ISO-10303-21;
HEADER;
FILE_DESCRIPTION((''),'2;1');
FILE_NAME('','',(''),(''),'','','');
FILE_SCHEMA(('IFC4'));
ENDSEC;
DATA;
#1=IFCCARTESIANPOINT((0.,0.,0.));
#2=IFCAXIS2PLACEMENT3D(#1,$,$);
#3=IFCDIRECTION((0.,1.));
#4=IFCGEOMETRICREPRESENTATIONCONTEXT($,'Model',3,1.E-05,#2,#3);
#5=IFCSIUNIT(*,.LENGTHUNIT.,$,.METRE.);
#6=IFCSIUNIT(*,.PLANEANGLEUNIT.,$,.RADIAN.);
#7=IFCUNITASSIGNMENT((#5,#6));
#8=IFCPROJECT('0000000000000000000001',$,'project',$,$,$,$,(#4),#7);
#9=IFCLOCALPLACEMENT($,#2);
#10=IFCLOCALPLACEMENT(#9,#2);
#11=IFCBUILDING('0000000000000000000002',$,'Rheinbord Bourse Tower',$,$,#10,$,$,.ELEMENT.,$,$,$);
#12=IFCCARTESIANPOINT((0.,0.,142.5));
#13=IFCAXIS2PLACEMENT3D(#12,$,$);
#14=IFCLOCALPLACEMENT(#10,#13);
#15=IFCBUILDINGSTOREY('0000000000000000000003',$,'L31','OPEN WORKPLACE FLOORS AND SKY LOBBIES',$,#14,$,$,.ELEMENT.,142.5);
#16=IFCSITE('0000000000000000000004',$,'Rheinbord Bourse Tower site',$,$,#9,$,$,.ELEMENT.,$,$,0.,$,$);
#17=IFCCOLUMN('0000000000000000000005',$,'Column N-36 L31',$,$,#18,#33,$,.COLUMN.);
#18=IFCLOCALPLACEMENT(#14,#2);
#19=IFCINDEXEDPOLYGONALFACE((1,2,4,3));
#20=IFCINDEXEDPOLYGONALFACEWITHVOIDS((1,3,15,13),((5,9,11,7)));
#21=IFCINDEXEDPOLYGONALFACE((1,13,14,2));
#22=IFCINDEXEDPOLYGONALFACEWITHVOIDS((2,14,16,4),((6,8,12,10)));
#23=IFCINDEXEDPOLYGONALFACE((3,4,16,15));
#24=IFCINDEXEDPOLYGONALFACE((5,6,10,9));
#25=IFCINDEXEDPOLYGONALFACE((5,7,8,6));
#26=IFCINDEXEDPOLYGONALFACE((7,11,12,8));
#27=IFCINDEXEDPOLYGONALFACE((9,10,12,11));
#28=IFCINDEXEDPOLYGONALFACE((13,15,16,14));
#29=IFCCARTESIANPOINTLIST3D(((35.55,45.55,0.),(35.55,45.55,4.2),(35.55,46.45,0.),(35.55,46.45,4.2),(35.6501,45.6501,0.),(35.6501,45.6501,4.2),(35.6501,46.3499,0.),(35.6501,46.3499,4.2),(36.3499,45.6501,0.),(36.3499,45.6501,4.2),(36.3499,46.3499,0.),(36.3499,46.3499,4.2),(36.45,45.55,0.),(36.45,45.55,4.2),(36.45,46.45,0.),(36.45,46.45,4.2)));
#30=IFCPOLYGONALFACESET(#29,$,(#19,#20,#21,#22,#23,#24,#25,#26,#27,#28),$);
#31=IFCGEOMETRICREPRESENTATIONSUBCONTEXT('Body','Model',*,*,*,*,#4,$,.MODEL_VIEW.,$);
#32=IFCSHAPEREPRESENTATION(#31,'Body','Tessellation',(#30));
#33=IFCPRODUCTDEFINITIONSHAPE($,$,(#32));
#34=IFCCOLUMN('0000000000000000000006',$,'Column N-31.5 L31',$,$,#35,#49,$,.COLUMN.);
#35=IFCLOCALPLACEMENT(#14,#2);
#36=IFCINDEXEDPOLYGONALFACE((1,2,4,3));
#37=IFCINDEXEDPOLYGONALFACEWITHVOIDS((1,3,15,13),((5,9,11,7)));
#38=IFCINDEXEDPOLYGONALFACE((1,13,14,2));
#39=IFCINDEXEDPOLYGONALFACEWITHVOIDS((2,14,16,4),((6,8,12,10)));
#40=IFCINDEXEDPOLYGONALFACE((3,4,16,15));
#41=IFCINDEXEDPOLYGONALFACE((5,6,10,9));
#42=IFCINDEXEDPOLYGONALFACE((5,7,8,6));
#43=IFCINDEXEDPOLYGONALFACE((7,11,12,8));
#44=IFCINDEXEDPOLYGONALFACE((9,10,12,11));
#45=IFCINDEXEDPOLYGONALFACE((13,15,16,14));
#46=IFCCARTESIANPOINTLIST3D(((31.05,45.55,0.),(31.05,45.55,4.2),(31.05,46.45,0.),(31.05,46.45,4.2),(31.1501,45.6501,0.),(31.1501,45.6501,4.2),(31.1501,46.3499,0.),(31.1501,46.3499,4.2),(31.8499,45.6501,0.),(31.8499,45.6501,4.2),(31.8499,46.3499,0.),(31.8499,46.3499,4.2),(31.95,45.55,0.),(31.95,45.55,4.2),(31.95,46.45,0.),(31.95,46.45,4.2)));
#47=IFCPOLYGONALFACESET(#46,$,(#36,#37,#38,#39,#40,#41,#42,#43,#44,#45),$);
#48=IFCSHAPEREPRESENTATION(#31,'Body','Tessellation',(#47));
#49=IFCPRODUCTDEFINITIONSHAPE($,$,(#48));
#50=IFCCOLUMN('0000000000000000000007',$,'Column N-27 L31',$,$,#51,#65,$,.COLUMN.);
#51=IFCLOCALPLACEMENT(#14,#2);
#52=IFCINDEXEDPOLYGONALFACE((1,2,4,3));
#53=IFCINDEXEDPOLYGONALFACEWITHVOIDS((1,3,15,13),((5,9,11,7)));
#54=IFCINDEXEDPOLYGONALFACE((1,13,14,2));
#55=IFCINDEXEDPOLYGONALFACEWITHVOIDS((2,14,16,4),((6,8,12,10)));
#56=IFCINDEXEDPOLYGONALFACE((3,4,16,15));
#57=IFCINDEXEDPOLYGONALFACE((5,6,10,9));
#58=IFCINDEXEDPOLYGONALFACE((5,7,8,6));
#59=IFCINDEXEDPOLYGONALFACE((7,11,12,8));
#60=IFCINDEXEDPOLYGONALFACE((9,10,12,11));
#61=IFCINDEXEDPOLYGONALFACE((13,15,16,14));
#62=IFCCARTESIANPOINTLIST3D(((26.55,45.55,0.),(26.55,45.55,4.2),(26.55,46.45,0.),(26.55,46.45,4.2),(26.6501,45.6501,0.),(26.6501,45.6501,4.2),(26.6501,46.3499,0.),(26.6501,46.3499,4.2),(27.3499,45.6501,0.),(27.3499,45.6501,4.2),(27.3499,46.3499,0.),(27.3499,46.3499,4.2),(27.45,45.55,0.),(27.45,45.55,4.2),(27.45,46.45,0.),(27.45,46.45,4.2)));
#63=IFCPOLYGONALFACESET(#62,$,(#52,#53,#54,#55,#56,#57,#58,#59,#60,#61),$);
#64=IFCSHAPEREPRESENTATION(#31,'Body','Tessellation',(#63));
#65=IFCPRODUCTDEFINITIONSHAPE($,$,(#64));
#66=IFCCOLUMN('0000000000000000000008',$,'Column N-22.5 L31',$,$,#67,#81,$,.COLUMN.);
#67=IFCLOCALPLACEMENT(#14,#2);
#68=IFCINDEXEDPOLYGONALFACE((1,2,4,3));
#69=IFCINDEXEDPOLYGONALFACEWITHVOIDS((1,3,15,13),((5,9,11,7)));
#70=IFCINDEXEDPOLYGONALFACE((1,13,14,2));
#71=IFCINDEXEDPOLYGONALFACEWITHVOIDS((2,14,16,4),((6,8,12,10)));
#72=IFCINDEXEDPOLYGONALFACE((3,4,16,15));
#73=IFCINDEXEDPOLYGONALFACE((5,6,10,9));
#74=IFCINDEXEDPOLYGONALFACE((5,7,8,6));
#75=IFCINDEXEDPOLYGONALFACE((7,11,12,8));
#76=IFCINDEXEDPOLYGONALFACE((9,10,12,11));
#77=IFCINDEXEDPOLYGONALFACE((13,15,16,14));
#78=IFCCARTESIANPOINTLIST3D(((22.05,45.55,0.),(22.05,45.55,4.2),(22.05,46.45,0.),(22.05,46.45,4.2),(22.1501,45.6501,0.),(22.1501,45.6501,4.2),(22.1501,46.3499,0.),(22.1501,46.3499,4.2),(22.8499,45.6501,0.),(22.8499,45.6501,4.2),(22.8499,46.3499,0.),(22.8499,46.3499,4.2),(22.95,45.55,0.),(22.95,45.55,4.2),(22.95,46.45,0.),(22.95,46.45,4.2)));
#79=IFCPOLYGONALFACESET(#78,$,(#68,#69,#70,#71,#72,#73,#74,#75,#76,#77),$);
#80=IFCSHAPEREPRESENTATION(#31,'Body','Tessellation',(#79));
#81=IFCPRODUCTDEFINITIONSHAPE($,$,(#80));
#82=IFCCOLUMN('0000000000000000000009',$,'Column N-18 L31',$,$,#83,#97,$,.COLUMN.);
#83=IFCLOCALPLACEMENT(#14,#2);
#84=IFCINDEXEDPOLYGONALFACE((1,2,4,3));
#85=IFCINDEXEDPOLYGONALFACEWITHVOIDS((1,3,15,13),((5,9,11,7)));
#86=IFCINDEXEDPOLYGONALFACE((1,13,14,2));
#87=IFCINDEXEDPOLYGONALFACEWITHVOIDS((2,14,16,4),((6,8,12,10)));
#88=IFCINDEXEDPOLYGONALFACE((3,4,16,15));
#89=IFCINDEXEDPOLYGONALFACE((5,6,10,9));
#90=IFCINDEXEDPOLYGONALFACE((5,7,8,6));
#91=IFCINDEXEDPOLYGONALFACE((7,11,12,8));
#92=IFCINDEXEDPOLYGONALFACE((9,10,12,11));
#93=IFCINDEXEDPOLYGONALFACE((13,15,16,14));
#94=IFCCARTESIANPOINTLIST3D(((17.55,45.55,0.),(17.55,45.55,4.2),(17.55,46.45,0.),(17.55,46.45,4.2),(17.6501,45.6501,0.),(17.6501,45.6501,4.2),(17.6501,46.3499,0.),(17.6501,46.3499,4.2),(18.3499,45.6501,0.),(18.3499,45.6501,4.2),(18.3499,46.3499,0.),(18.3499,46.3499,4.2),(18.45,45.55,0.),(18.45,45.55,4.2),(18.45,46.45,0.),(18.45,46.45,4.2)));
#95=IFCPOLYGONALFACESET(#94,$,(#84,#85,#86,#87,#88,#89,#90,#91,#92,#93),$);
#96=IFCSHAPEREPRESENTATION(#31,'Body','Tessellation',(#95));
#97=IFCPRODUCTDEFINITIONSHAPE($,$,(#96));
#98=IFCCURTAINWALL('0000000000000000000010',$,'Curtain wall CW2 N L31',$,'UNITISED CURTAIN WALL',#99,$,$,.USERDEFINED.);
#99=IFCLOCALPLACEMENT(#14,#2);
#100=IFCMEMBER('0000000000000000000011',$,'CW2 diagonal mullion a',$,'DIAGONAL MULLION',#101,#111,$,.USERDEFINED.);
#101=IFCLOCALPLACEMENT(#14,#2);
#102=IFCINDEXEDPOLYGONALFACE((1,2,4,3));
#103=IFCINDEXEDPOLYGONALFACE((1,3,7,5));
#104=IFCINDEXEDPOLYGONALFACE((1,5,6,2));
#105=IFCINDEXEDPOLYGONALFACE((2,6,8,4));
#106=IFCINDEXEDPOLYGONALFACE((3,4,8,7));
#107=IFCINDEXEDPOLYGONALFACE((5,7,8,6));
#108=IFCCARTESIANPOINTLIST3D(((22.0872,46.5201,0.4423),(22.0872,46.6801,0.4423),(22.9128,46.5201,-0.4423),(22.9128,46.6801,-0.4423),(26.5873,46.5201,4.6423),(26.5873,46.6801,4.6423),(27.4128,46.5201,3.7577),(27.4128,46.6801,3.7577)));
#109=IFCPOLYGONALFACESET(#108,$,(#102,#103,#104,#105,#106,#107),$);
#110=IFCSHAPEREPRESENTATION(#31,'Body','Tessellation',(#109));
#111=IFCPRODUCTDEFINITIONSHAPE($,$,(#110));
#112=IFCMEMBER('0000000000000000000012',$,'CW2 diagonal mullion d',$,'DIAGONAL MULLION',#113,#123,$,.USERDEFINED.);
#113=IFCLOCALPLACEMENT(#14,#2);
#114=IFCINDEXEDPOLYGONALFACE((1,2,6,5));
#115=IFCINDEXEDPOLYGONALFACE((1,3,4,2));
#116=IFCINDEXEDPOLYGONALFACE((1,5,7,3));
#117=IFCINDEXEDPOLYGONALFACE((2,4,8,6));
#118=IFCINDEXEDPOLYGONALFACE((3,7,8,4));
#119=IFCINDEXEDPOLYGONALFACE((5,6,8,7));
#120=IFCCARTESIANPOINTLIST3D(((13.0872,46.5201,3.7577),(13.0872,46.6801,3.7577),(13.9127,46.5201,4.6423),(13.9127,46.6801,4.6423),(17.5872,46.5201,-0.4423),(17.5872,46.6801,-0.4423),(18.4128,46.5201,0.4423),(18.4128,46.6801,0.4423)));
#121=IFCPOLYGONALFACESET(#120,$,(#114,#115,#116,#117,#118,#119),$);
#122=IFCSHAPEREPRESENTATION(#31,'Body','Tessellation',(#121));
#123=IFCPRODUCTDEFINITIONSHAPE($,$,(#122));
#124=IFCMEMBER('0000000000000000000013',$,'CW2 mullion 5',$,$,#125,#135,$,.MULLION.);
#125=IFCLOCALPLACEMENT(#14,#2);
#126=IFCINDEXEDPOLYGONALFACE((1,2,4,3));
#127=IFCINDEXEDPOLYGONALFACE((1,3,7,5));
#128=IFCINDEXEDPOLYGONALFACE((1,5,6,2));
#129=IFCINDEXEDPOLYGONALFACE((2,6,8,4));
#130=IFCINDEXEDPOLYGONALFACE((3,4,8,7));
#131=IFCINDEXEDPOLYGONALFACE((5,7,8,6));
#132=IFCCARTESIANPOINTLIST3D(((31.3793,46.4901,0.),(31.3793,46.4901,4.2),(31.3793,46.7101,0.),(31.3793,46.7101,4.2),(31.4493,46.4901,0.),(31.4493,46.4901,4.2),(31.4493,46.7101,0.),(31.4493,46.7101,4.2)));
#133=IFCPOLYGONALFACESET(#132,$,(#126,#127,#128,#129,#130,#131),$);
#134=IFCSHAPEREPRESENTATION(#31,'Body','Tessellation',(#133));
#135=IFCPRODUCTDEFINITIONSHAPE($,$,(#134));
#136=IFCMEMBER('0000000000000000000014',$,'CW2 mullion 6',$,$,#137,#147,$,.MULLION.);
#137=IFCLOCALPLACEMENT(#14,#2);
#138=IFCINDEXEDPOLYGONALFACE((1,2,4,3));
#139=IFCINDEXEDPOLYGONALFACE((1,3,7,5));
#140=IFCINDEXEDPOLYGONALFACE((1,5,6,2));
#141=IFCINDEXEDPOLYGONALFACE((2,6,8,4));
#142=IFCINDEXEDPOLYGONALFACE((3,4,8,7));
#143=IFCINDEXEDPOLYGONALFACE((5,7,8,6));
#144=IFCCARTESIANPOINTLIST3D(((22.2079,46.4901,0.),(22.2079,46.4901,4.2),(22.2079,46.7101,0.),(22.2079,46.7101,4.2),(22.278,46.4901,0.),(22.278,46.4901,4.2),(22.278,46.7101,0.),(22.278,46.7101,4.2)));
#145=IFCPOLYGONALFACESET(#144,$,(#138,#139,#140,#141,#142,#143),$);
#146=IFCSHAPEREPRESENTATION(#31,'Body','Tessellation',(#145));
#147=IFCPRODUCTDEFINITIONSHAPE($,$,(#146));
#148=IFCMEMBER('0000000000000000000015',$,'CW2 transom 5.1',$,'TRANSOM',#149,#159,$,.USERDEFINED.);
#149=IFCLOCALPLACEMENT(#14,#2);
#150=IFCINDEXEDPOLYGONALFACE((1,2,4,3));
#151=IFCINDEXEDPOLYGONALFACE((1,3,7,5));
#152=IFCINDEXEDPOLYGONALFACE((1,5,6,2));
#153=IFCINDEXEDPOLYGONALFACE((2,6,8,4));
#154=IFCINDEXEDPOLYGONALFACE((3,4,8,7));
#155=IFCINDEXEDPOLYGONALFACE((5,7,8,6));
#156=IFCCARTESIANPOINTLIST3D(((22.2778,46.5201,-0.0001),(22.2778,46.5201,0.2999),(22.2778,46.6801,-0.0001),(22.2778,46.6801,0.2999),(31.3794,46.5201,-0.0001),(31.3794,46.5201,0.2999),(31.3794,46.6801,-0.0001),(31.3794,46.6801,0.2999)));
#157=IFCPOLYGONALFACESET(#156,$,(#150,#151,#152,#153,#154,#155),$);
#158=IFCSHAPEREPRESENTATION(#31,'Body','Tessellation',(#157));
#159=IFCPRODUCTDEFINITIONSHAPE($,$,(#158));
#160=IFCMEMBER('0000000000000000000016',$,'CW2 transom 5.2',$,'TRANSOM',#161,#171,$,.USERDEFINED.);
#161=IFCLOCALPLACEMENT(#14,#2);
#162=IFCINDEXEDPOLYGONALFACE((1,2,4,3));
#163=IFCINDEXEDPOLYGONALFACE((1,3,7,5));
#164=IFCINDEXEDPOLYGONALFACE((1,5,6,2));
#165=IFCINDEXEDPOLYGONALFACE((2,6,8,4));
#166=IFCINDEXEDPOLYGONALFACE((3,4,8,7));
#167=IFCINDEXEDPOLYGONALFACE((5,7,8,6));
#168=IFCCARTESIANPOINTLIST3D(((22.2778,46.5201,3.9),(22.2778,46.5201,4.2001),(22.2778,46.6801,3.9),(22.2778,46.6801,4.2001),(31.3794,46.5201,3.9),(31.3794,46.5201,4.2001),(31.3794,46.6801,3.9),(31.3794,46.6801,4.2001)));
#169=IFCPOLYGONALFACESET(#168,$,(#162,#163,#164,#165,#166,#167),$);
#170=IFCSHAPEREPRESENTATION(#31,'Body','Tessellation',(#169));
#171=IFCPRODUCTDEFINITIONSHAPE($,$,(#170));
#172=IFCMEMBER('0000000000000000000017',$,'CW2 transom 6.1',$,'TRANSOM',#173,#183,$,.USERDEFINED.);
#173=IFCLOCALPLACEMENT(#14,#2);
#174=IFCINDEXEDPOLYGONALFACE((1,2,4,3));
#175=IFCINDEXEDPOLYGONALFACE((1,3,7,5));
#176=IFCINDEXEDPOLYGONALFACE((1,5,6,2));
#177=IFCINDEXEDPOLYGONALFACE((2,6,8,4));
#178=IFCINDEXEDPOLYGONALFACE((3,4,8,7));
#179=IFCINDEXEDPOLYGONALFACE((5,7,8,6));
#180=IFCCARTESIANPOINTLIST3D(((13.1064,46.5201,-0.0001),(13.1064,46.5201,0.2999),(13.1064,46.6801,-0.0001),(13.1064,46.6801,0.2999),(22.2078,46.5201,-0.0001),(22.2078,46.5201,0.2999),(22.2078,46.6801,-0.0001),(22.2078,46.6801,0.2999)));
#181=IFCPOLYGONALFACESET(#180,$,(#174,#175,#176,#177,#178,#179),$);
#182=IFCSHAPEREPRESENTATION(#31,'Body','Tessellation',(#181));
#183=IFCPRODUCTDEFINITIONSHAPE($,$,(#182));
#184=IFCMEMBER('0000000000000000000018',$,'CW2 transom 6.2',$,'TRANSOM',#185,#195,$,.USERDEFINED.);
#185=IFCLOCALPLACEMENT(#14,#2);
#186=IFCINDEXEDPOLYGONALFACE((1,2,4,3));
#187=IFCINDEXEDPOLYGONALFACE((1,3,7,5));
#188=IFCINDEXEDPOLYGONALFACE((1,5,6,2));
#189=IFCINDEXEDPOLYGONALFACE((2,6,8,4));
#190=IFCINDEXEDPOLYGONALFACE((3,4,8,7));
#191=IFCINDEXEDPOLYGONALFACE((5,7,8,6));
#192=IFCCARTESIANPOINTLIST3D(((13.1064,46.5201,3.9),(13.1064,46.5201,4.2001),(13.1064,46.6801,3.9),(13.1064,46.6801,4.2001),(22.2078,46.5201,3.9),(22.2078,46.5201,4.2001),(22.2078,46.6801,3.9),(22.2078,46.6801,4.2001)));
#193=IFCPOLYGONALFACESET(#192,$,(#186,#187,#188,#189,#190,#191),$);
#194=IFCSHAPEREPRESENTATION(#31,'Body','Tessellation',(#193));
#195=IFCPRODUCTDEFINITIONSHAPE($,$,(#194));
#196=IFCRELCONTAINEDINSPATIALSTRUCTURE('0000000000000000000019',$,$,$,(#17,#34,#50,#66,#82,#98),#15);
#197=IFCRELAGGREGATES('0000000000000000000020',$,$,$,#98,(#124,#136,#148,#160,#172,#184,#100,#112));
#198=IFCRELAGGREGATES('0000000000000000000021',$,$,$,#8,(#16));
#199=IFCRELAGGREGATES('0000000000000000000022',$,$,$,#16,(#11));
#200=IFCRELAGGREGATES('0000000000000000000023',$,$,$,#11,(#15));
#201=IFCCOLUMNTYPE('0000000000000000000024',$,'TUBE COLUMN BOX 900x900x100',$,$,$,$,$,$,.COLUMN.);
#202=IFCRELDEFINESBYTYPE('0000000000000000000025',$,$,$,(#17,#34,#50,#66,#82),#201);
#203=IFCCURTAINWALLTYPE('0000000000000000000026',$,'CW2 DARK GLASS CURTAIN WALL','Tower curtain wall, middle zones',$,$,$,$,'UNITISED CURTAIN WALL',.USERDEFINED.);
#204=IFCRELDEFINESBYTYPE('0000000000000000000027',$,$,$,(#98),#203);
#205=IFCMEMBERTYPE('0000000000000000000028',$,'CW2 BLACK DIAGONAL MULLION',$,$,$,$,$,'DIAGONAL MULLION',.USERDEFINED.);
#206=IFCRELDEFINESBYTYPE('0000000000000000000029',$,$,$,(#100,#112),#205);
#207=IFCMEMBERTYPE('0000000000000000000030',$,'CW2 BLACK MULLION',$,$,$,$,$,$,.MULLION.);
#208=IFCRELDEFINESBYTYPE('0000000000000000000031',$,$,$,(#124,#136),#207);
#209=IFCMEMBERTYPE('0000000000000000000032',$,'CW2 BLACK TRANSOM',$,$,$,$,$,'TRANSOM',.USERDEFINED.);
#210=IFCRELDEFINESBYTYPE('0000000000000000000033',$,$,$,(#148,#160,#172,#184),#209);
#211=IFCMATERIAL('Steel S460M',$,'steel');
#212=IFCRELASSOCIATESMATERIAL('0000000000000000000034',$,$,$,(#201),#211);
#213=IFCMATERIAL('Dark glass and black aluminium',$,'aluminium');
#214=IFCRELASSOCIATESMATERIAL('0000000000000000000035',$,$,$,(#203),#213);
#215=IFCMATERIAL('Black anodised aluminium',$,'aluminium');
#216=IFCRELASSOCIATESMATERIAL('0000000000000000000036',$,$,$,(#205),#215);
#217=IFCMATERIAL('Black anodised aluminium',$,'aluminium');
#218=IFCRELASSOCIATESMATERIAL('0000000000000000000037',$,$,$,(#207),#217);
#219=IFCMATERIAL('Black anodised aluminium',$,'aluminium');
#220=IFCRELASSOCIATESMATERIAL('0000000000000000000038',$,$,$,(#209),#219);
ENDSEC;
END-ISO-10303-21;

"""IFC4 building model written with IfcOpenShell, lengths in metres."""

from ifc_helpers import new_model, si_unit, direction, frame, origin, origin_2d, place, context, subcontext, project, spatial, rectangle, hollow_rectangle, extrude, material, material_profile, profile_set, type_object, element, aggregate, save


model = new_model("IFC4")

# Units and contexts
model_context = context("Model", 3, precision=1e-05, world=origin(), true_north=direction((0.0, 1.0)))
body_context = subcontext(model_context, "Body", "Model", "MODEL_VIEW")
ifc_project = project(units=[si_unit("LENGTHUNIT", "METRE"), si_unit("PLANEANGLEUNIT", "RADIAN")], contexts=[model_context])

# Site, building, storey
site_placement = place(None, origin())
site = spatial("IfcSite", under=ifc_project, at=site_placement, Name="Rheinbord Bourse Tower site", CompositionType="ELEMENT", RefElevation=0.0)
building_placement = place(site_placement, origin())
building = spatial("IfcBuilding", under=site, at=building_placement, Name="Rheinbord Bourse Tower", CompositionType="ELEMENT")
storey_placement = place(building_placement, frame((0.0, 0.0, 142.5)))
storey = spatial("IfcBuildingStorey", under=building, at=storey_placement, Name="L31", Description="OPEN WORKPLACE FLOORS AND SKY LOBBIES", CompositionType="ELEMENT", Elevation=142.5)

# Columns
ifc_material_1 = material(Name="Steel S460M", Category="steel")
ifc_material_profile_1 = material_profile(ifc_material_1, hollow_rectangle(XDim=0.8999, YDim=0.8999, WallThickness=0.1001, at=origin_2d()), Name="BOX 900x900x100")
ifc_profile_set_1 = profile_set([ifc_material_profile_1], Name="Steel S460M")
column_type = type_object("IfcColumnType", Name="TUBE COLUMN BOX 900x900x100", PredefinedType="COLUMN", material=ifc_profile_set_1)
for number, where, z_axis, x_axis, name in (
    (1, (36.0, 46.0, 0.0), (0.0, 0.0, 1.0), (0.0, 1.0, 0.0), "Column N-36 L31"),
    (2, (31.5, 46.0, 0.0), (0.0, 0.0, 1.0), (0.0, 1.0, 0.0), "Column N-31.5 L31"),
    (3, (27.0, 46.0, 0.0), (0.0, 0.0, 1.0), (0.0, 1.0, 0.0), "Column N-27 L31"),
    (4, (22.5, 46.0, 0.0), (0.0, 0.0, 1.0), (0.0, 1.0, 0.0), "Column N-22.5 L31"),
    (5, (18.0, 46.0, 0.0), (0.0, 0.0, 1.0), (0.0, 1.0, 0.0), "Column N-18 L31"),
):
    element("IfcColumn", number, at=place(storey_placement, frame(where, z_axis=z_axis, x_axis=x_axis)), inside=storey, type_object=column_type, Name=name, PredefinedType="COLUMN", context=body_context, shape_type="SweptSolid", body=[
        extrude(hollow_rectangle(XDim=0.8999, YDim=0.8999, WallThickness=0.1001, at=origin_2d()), origin(), (0.0, 0.0, 1.0), 4.2),
    ])

# Curtain wall, members
ifc_material_2 = material(Name="Dark glass and black aluminium", Category="aluminium")
curtain_wall_type = type_object("IfcCurtainWallType", Name="CW2 DARK GLASS CURTAIN WALL", Description="Tower curtain wall, middle zones", ElementType="UNITISED CURTAIN WALL", PredefinedType="USERDEFINED", material=ifc_material_2)
curtain_wall_placement = place(storey_placement, origin())
curtain_wall = element("IfcCurtainWall", 6, at=curtain_wall_placement, inside=storey, type_object=curtain_wall_type, Name="Curtain wall CW2 N L31", ObjectType="UNITISED CURTAIN WALL", PredefinedType="USERDEFINED")
ifc_material_3 = material(Name="Black anodised aluminium", Category="aluminium")
ifc_material_profile_2 = material_profile(ifc_material_3, rectangle(XDim=0.1599, YDim=1.21, at=origin_2d()), Name="CW2 DIAGONAL MULLION 1210x160")
ifc_profile_set_2 = profile_set([ifc_material_profile_2], Name="Black anodised aluminium")
member_type_1 = type_object("IfcMemberType", Name="CW2 BLACK DIAGONAL MULLION", ElementType="DIAGONAL MULLION", PredefinedType="USERDEFINED", material=ifc_profile_set_2)
member_1_placement = place(storey_placement, frame((22.5, 46.6001, 0.0), z_axis=(0.731059, 0.0, 0.682314), x_axis=(0.0, 1.0, 0.0)))
member_1 = element("IfcMember", 7, at=member_1_placement, type_object=member_type_1, Name="CW2 diagonal mullion a", ObjectType="DIAGONAL MULLION", PredefinedType="USERDEFINED", context=body_context, shape_type="SweptSolid", body=[
    extrude(rectangle(XDim=0.1599, YDim=1.21, at=origin_2d()), origin(), (0.0, 0.0, 1.0), 6.1555),
])
member_2_placement = place(storey_placement, frame((18.0, 46.6001, 0.0), z_axis=(-0.731059, 0.0, 0.682314), x_axis=(0.0, -1.0, 0.0)))
member_2 = element("IfcMember", 8, at=member_2_placement, type_object=member_type_1, Name="CW2 diagonal mullion d", ObjectType="DIAGONAL MULLION", PredefinedType="USERDEFINED", context=body_context, shape_type="SweptSolid", body=[
    extrude(rectangle(XDim=0.1599, YDim=1.21, at=origin_2d()), origin(), (0.0, 0.0, 1.0), 6.1555),
])
ifc_material_4 = material(Name="Black anodised aluminium", Category="aluminium")
ifc_material_profile_3 = material_profile(ifc_material_4, rectangle(XDim=0.22, YDim=0.0701, at=origin_2d()), Name="CW2 MULLION 70x220")
ifc_profile_set_3 = profile_set([ifc_material_profile_3], Name="Black anodised aluminium")
member_type_2 = type_object("IfcMemberType", Name="CW2 BLACK MULLION", PredefinedType="MULLION", material=ifc_profile_set_3)
member_3_placement = place(storey_placement, frame((31.4143, 46.6001, 0.0), z_axis=(0.0, 0.0, 1.0), x_axis=(0.0, -1.0, 0.0)))
member_3 = element("IfcMember", 9, at=member_3_placement, type_object=member_type_2, Name="CW2 mullion 5", PredefinedType="MULLION", context=body_context, shape_type="SweptSolid", body=[
    extrude(rectangle(XDim=0.22, YDim=0.0701, at=origin_2d()), origin(), (0.0, 0.0, 1.0), 4.2),
])
member_4_placement = place(storey_placement, frame((22.2429, 46.6001, 0.0), z_axis=(0.0, 0.0, 1.0), x_axis=(0.0, -1.0, 0.0)))
member_4 = element("IfcMember", 10, at=member_4_placement, type_object=member_type_2, Name="CW2 mullion 6", PredefinedType="MULLION", context=body_context, shape_type="SweptSolid", body=[
    extrude(rectangle(XDim=0.22, YDim=0.0701, at=origin_2d()), origin(), (0.0, 0.0, 1.0), 4.2),
])
ifc_material_5 = material(Name="Black anodised aluminium", Category="aluminium")
ifc_material_profile_4 = material_profile(ifc_material_5, rectangle(XDim=0.1599, YDim=0.3, at=origin_2d()), Name="CW2 TRANSOM 300x160")
ifc_profile_set_4 = profile_set([ifc_material_profile_4], Name="Black anodised aluminium")
member_type_3 = type_object("IfcMemberType", Name="CW2 BLACK TRANSOM", ElementType="TRANSOM", PredefinedType="USERDEFINED", material=ifc_profile_set_4)
member_5_placement = place(storey_placement, frame((31.3794, 46.6001, 0.1499), z_axis=(-1.0, 0.0, 0.0), x_axis=(0.0, -1.0, 0.0)))
member_5 = element("IfcMember", 11, at=member_5_placement, type_object=member_type_3, Name="CW2 transom 5.1", ObjectType="TRANSOM", PredefinedType="USERDEFINED", context=body_context, shape_type="SweptSolid", body=[
    extrude(rectangle(XDim=0.1599, YDim=0.3, at=origin_2d()), origin(), (0.0, 0.0, 1.0), 9.1016),
])
member_6_placement = place(storey_placement, frame((31.3794, 46.6001, 4.05), z_axis=(-1.0, 0.0, 0.0), x_axis=(0.0, -1.0, 0.0)))
member_6 = element("IfcMember", 12, at=member_6_placement, type_object=member_type_3, Name="CW2 transom 5.2", ObjectType="TRANSOM", PredefinedType="USERDEFINED", context=body_context, shape_type="SweptSolid", body=[
    extrude(rectangle(XDim=0.1599, YDim=0.3, at=origin_2d()), origin(), (0.0, 0.0, 1.0), 9.1016),
])
member_7_placement = place(storey_placement, frame((22.2078, 46.6001, 0.1499), z_axis=(-1.0, 0.0, 0.0), x_axis=(0.0, -1.0, 0.0)))
member_7 = element("IfcMember", 13, at=member_7_placement, type_object=member_type_3, Name="CW2 transom 6.1", ObjectType="TRANSOM", PredefinedType="USERDEFINED", context=body_context, shape_type="SweptSolid", body=[
    extrude(rectangle(XDim=0.1599, YDim=0.3, at=origin_2d()), origin(), (0.0, 0.0, 1.0), 9.1013),
])
member_8_placement = place(storey_placement, frame((22.2078, 46.6001, 4.05), z_axis=(-1.0, 0.0, 0.0), x_axis=(0.0, -1.0, 0.0)))
member_8 = element("IfcMember", 14, at=member_8_placement, type_object=member_type_3, Name="CW2 transom 6.2", ObjectType="TRANSOM", PredefinedType="USERDEFINED", context=body_context, shape_type="SweptSolid", body=[
    extrude(rectangle(XDim=0.1599, YDim=0.3, at=origin_2d()), origin(), (0.0, 0.0, 1.0), 9.1013),
])

aggregate(curtain_wall, [member_3, member_4, member_5, member_6, member_7, member_8, member_1, member_2])

save(model, "model.ifc")
